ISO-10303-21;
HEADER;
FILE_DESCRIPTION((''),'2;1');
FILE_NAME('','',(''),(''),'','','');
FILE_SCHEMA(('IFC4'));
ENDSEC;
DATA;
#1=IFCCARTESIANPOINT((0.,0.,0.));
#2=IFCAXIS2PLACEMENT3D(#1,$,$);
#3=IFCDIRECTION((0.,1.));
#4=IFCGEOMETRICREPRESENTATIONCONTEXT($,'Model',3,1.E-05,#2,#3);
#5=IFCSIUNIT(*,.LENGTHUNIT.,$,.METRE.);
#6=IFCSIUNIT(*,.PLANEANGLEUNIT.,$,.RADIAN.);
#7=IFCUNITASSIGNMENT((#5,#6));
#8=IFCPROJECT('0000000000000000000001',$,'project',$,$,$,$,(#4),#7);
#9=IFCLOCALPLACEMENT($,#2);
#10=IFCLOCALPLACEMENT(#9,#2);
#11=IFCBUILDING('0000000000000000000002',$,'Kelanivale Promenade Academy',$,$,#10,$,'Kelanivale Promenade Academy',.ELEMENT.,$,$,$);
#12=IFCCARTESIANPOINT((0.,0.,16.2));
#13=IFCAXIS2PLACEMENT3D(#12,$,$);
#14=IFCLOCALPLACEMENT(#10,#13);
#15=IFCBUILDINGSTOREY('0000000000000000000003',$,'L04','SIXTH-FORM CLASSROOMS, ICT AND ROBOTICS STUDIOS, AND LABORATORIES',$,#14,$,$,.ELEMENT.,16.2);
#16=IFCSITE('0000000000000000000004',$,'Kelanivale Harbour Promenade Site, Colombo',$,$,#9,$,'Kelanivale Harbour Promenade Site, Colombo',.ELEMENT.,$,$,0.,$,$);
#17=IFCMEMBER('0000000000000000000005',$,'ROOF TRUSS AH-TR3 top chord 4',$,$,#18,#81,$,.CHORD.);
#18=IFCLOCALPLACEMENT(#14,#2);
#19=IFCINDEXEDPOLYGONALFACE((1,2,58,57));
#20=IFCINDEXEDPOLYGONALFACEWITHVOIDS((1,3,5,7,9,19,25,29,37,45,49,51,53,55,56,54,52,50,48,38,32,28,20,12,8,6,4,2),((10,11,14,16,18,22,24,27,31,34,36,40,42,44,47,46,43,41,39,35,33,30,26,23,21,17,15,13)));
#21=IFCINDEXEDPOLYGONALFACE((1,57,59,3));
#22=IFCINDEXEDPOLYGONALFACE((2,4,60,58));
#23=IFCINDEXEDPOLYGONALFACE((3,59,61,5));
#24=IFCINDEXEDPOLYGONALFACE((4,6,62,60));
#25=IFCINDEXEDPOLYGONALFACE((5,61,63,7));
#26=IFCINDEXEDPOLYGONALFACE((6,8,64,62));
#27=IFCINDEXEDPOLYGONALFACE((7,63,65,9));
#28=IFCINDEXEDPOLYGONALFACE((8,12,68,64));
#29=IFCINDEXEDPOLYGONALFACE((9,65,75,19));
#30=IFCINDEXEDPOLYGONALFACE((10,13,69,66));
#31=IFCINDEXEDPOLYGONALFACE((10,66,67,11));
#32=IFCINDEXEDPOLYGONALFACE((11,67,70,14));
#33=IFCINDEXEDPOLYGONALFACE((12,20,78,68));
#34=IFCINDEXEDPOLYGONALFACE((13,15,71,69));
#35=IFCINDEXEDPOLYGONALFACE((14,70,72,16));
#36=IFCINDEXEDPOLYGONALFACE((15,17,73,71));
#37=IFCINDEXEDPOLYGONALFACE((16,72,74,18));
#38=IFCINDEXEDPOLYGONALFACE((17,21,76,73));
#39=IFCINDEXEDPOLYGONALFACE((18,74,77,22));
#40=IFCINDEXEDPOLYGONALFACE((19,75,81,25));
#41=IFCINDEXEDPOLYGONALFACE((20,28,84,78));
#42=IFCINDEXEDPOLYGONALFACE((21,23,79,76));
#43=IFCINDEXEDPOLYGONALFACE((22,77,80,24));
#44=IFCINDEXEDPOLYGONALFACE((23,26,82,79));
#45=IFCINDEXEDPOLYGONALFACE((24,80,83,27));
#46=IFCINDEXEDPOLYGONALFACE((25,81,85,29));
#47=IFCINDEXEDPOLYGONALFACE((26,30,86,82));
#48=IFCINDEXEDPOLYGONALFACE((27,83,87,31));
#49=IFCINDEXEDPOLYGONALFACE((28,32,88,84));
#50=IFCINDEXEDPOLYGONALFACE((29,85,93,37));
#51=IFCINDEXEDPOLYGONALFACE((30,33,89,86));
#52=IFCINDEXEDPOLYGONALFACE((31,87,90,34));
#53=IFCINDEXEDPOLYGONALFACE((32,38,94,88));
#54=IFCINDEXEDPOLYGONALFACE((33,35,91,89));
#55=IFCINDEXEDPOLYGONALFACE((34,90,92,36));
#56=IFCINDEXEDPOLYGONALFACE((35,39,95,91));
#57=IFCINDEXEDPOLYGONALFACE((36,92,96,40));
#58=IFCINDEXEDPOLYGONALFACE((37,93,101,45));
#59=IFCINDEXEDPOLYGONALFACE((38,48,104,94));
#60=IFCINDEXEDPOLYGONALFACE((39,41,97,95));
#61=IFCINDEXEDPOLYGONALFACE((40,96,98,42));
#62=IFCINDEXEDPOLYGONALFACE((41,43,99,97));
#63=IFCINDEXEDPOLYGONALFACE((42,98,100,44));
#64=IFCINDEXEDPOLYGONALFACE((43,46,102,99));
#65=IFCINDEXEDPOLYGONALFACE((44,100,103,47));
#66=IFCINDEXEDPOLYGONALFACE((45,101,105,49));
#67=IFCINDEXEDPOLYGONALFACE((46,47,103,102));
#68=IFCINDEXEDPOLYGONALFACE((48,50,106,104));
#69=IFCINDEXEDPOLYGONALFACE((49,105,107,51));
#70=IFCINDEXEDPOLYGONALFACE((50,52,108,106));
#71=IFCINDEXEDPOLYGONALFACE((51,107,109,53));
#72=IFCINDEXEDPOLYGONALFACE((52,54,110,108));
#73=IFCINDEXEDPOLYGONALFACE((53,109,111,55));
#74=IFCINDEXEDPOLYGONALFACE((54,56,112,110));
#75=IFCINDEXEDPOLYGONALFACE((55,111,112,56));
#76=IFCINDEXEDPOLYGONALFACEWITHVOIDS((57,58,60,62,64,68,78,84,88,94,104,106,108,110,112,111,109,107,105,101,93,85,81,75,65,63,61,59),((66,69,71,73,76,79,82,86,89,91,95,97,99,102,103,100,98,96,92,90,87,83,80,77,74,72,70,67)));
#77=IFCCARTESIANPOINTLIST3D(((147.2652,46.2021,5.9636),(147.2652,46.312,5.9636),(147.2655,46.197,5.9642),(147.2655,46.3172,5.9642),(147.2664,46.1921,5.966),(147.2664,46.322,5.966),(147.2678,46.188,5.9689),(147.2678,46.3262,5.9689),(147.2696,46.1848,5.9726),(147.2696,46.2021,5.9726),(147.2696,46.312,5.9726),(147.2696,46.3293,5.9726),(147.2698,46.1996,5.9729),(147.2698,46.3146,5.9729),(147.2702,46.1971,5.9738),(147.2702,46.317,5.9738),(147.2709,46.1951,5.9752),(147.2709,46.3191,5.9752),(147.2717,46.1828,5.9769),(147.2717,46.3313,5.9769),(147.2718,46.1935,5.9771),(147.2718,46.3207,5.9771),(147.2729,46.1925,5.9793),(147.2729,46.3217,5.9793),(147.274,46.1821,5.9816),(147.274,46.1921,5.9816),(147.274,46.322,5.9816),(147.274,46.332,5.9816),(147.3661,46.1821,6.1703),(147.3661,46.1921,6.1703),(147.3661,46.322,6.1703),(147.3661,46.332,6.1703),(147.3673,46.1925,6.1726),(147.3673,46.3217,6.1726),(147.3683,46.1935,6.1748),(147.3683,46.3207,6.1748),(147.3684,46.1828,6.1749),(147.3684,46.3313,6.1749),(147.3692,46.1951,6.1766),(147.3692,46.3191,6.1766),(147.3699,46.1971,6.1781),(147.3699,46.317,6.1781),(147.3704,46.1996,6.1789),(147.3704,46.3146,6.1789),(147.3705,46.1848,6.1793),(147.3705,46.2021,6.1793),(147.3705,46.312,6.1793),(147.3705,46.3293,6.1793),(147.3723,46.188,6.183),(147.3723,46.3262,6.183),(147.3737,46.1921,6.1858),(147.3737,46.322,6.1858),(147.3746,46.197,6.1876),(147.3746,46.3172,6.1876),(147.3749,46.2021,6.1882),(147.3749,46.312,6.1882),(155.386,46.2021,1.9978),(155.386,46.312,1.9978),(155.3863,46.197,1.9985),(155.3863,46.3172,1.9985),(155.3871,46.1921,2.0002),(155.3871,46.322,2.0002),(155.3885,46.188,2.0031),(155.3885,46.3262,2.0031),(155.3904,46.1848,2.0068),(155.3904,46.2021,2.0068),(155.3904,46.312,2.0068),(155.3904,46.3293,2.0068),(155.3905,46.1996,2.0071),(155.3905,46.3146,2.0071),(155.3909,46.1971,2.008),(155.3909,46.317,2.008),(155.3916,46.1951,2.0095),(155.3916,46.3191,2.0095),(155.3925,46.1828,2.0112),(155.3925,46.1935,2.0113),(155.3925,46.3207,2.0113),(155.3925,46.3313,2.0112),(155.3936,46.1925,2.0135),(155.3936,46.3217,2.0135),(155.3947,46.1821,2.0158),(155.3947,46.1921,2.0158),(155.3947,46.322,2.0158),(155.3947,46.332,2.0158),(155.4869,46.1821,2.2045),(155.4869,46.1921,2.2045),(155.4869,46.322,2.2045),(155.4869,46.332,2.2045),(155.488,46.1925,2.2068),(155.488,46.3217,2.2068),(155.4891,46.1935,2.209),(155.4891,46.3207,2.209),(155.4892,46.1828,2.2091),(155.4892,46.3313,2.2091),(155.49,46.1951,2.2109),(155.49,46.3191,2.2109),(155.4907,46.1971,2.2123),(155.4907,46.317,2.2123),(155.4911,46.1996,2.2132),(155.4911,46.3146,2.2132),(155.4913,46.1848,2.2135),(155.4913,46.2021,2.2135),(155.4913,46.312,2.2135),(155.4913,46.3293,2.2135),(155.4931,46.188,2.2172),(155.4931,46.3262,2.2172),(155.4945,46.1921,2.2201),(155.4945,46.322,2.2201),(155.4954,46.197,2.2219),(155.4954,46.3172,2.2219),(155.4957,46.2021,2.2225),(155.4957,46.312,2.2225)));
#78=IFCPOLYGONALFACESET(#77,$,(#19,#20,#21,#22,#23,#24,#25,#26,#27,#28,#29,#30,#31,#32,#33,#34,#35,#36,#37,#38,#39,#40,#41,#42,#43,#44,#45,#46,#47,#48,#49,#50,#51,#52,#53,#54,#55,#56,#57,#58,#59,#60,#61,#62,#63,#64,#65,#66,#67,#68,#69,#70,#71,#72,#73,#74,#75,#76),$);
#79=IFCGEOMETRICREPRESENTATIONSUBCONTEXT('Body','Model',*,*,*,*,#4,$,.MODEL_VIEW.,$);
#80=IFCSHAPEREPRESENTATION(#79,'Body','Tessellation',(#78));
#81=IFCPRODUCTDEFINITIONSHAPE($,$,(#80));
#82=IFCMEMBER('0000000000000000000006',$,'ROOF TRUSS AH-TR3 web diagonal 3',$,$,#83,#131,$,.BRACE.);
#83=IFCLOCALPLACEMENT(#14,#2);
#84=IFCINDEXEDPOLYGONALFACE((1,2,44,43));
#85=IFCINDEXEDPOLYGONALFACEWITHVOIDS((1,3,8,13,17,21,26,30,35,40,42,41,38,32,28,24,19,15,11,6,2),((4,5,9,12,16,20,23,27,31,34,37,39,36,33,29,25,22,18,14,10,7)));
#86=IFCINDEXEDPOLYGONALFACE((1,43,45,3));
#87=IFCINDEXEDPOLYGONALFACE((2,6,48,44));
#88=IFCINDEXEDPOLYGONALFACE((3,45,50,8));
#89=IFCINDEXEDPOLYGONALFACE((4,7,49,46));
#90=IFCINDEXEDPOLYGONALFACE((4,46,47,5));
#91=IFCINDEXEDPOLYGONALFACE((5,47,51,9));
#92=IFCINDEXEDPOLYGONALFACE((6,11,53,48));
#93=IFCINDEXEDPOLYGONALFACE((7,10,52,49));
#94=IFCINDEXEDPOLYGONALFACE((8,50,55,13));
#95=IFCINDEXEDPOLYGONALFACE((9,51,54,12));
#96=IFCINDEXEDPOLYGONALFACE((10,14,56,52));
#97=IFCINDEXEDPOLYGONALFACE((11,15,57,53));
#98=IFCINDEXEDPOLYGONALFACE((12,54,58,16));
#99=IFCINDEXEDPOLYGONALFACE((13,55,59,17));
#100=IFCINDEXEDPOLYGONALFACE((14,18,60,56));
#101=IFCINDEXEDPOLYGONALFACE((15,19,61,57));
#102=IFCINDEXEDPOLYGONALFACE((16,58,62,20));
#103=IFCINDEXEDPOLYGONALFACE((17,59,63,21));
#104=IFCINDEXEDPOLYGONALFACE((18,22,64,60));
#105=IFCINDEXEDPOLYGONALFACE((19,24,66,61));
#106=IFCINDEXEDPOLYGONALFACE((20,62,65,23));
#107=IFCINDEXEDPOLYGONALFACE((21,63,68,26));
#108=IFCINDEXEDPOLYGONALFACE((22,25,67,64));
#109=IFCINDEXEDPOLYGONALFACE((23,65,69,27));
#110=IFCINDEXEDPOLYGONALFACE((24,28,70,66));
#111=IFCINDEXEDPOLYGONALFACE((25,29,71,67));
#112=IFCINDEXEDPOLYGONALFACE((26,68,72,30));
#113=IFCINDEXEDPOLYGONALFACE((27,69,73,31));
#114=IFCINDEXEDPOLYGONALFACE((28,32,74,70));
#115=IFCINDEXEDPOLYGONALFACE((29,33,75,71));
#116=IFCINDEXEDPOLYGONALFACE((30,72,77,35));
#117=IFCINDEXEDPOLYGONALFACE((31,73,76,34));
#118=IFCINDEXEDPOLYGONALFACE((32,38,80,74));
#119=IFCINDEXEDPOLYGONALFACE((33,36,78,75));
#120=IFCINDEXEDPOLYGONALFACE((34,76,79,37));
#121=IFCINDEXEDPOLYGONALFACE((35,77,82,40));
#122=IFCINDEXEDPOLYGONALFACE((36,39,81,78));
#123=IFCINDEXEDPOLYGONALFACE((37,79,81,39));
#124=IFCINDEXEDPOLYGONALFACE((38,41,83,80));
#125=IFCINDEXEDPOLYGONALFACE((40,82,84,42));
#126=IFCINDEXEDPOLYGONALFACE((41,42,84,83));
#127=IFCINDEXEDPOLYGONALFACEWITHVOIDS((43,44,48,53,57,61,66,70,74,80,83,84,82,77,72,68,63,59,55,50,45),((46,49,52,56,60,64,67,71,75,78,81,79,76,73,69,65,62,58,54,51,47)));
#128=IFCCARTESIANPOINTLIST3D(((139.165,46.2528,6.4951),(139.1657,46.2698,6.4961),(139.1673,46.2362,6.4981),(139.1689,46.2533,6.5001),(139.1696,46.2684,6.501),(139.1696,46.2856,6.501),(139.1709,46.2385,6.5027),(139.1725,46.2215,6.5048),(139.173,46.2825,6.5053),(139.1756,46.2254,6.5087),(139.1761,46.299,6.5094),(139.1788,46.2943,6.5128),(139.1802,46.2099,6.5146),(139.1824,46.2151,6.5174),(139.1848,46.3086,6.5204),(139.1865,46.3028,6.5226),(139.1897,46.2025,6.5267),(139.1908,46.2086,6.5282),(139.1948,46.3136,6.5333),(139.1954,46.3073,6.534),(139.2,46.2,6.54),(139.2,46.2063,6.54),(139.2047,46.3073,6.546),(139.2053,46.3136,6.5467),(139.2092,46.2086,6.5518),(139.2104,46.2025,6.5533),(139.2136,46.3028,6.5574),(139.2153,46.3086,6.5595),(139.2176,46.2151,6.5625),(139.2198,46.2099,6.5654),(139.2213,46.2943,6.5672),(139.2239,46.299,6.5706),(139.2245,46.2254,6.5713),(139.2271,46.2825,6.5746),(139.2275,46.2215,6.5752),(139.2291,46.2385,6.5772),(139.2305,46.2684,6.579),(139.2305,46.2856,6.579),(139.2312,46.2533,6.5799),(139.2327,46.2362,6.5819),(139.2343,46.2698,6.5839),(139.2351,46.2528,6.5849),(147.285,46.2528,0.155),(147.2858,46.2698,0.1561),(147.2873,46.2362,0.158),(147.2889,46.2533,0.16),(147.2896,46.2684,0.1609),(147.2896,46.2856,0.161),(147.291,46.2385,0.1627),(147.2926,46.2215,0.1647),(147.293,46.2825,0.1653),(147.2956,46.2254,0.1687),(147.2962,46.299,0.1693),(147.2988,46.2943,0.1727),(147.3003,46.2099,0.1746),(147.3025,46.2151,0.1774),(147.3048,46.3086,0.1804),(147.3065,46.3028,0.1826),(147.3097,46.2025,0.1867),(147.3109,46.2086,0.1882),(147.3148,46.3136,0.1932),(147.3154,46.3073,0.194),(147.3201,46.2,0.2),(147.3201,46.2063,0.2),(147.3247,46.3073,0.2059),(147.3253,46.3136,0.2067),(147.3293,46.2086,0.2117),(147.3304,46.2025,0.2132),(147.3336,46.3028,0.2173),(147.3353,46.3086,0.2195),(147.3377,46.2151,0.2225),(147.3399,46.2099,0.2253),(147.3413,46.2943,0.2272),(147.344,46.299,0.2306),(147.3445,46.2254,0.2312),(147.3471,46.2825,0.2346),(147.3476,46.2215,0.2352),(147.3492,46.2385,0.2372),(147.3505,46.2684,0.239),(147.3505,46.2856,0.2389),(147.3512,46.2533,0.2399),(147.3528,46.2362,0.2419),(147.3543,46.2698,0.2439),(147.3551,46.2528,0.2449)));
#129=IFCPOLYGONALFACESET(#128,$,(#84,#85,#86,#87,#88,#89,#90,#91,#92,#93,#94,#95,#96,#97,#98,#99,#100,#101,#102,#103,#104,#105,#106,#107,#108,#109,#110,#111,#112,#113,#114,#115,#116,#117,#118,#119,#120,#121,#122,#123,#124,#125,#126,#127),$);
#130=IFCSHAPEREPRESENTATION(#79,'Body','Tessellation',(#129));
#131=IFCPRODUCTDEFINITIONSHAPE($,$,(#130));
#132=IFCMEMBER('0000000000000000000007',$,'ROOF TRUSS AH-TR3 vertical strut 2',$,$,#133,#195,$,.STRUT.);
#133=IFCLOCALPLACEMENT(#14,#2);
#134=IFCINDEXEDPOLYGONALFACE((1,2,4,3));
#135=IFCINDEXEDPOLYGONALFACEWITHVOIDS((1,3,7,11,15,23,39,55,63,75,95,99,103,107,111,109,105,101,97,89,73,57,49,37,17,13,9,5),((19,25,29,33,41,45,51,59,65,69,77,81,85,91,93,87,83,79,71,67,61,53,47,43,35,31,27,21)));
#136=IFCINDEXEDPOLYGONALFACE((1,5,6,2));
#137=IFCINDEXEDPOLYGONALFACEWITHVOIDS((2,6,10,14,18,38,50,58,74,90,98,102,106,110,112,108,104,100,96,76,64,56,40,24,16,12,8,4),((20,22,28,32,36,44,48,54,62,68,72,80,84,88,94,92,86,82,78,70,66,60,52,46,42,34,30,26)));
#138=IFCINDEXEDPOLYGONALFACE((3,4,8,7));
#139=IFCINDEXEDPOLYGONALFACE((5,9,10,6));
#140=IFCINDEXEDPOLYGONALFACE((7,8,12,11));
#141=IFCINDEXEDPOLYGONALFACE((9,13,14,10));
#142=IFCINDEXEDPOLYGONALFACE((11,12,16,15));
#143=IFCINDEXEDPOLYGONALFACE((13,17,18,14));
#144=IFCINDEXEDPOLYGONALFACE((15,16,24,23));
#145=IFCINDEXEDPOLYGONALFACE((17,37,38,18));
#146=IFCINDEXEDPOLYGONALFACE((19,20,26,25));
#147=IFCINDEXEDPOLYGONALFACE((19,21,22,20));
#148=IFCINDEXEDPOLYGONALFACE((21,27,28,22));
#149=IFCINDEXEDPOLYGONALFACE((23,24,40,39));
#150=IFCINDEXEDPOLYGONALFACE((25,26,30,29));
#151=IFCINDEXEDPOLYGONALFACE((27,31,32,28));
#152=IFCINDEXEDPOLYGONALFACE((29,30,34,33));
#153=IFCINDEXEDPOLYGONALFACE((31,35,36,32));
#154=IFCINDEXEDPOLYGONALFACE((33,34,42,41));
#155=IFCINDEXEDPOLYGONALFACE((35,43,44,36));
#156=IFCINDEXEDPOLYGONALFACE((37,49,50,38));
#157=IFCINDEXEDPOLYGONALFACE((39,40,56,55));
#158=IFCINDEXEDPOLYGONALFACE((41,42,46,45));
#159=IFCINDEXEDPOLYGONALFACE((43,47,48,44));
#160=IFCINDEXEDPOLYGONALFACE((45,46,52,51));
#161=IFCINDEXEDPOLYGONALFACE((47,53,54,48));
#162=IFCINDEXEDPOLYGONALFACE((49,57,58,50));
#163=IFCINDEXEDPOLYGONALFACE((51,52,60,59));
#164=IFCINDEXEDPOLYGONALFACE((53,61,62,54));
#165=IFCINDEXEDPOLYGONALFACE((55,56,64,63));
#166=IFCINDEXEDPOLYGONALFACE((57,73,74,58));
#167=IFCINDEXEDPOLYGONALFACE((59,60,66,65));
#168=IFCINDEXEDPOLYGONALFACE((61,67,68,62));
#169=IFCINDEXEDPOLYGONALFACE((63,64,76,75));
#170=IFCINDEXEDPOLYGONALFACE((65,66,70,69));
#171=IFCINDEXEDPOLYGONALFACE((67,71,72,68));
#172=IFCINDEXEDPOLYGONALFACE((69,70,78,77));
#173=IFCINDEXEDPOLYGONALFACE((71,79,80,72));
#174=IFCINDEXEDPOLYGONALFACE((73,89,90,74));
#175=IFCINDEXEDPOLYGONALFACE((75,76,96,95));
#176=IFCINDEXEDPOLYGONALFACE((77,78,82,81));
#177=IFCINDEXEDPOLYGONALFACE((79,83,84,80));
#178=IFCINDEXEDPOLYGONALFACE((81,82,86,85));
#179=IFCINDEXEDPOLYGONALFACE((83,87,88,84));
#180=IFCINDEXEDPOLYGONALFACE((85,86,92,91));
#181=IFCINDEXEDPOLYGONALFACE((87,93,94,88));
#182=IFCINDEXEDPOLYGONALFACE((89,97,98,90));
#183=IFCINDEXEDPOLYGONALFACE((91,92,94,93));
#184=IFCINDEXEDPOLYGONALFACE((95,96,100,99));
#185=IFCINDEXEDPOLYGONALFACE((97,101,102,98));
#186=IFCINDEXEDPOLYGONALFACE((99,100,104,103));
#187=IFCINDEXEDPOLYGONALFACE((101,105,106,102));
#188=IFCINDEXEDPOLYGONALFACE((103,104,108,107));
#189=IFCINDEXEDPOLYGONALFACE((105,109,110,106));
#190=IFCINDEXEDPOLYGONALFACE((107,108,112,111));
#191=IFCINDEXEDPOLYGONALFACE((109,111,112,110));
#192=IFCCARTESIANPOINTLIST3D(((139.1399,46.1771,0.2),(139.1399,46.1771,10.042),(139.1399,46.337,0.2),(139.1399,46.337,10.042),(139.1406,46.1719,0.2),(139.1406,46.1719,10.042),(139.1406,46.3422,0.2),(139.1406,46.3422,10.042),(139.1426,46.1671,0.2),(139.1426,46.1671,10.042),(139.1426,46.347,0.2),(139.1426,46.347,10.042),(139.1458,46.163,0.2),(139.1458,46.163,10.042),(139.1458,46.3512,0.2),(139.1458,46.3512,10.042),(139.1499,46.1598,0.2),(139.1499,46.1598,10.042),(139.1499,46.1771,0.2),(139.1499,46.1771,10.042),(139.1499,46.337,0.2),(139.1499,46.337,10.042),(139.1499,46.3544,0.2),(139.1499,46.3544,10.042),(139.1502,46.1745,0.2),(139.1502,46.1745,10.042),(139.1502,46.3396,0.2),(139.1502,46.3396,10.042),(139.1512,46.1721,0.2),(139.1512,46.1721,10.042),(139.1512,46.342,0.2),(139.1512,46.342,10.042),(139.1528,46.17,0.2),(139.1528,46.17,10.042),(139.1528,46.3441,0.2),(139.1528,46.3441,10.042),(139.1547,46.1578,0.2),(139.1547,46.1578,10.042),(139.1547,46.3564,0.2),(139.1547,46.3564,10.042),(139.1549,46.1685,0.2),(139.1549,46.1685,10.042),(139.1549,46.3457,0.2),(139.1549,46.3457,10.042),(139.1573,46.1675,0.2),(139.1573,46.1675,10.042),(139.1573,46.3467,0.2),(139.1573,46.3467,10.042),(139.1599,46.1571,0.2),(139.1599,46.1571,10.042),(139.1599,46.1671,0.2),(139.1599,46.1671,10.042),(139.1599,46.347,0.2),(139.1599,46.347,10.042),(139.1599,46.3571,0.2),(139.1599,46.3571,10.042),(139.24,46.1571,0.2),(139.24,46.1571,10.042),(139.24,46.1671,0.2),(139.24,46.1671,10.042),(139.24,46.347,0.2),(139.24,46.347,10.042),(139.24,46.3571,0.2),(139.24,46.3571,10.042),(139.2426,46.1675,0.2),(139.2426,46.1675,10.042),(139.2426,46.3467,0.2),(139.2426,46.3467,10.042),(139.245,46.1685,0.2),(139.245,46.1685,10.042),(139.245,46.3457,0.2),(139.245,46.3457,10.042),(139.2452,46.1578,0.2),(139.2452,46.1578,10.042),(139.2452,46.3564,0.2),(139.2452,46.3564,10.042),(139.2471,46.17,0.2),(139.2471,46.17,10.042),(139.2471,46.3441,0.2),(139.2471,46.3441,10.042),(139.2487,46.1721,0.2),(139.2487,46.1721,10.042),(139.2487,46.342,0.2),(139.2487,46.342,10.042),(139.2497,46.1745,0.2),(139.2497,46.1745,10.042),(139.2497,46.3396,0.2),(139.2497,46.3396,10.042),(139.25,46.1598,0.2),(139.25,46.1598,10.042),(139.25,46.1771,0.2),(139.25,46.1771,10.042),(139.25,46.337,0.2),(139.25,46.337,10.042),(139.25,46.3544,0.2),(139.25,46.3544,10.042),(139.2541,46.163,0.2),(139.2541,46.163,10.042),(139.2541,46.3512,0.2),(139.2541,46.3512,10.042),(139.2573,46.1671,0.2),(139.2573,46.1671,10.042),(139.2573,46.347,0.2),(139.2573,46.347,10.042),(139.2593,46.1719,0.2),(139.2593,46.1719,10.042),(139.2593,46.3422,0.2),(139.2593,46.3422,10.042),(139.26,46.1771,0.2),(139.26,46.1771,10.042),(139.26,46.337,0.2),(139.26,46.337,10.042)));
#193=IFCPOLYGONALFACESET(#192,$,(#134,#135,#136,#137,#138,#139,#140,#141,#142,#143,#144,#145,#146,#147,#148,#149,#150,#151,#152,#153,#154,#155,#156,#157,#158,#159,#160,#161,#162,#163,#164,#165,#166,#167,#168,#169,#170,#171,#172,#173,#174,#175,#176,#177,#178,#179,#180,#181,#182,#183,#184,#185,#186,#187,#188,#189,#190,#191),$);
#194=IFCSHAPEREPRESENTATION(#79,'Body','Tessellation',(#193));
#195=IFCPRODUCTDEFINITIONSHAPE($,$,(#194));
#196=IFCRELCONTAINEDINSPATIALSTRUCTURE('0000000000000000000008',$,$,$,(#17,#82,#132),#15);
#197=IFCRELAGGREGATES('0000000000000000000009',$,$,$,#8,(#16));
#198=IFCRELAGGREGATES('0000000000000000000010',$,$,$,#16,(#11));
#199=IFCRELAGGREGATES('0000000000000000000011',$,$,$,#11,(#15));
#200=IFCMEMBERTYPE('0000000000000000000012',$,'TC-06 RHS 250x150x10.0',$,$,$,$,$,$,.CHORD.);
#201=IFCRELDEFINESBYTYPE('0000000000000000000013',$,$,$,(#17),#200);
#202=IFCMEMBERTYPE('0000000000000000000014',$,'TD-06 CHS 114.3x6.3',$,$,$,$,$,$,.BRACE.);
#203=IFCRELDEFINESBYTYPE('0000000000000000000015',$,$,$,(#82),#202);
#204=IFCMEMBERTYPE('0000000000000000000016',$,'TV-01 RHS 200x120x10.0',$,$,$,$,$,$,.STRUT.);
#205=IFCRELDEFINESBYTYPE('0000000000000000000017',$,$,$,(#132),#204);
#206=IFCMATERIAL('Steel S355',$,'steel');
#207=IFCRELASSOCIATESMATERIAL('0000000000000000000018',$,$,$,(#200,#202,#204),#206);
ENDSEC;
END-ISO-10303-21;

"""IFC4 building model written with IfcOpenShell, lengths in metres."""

from ifc_helpers import new_model, si_unit, direction, frame, origin, origin_2d, place, context, subcontext, project, spatial, hollow_rectangle, hollow_circle, extrude, material, material_profile, profile_set, type_object, element, save


model = new_model("IFC4")

# Units and contexts
model_context = context("Model", 3, precision=1e-05, world=origin(), true_north=direction((0.0, 1.0)))
body_context = subcontext(model_context, "Body", "Model", "MODEL_VIEW")
ifc_project = project(units=[si_unit("LENGTHUNIT", "METRE"), si_unit("PLANEANGLEUNIT", "RADIAN")], contexts=[model_context])

# Site, building, storey
site_placement = place(None, origin())
site = spatial("IfcSite", under=ifc_project, at=site_placement, Name="Kelanivale Harbour Promenade Site, Colombo", LongName="Kelanivale Harbour Promenade Site, Colombo", CompositionType="ELEMENT", RefElevation=0.0)
building_placement = place(site_placement, origin())
building = spatial("IfcBuilding", under=site, at=building_placement, Name="Kelanivale Promenade Academy", LongName="Kelanivale Promenade Academy", CompositionType="ELEMENT")
storey_placement = place(building_placement, frame((0.0, 0.0, 16.2)))
storey = spatial("IfcBuildingStorey", under=building, at=storey_placement, Name="L04", Description="SIXTH-FORM CLASSROOMS, ICT AND ROBOTICS STUDIOS, AND LABORATORIES", CompositionType="ELEMENT", Elevation=16.2)

# Members
ifc_material_1 = material(Name="Steel S355", Category="steel")
ifc_material_profile_1 = material_profile(ifc_material_1, hollow_rectangle(XDim=0.1499, YDim=0.25, WallThickness=0.01, InnerFilletRadius=0.01, OuterFilletRadius=0.02, at=origin_2d()), Name="RHS 250x150x10.0")
ifc_profile_set_1 = profile_set([ifc_material_profile_1], Name="Steel S355")
member_type_1 = type_object("IfcMemberType", Name="TC-06 RHS 250x150x10.0", PredefinedType="CHORD", material=ifc_profile_set_1)
member_1_placement = place(storey_placement, frame((147.3201, 46.2571, 6.0759), z_axis=(0.898575, 0.0, -0.43882), x_axis=(0.0, 1.0, 0.0)))
element("IfcMember", 1, at=member_1_placement, inside=storey, type_object=member_type_1, Name="ROOF TRUSS AH-TR3 top chord 4", PredefinedType="CHORD", context=body_context, shape_type="SweptSolid", body=[
    extrude(hollow_rectangle(XDim=0.1499, YDim=0.25, WallThickness=0.01, InnerFilletRadius=0.01, OuterFilletRadius=0.02, at=origin_2d()), origin(), (0.0, 0.0, 1.0), 9.0374),
])
ifc_material_profile_2 = material_profile(ifc_material_1, hollow_circle(Radius=0.0571, WallThickness=0.0063, at=origin_2d()), Name="CHS 114.3x6.3")
ifc_profile_set_2 = profile_set([ifc_material_profile_2], Name="Steel S355")
member_type_2 = type_object("IfcMemberType", Name="TD-06 CHS 114.3x6.3", PredefinedType="BRACE", material=ifc_profile_set_2)
member_2_placement = place(storey_placement, frame((147.3201, 46.2571, 0.2), z_axis=(-0.788201, 0.0, 0.615418), x_axis=(0.0, -1.0, 0.0)))
element("IfcMember", 2, at=member_2_placement, inside=storey, type_object=member_type_2, Name="ROOF TRUSS AH-TR3 web diagonal 3", PredefinedType="BRACE", context=body_context, shape_type="SweptSolid", body=[
    extrude(hollow_circle(Radius=0.0571, WallThickness=0.0063, at=origin_2d()), origin(), (0.0, 0.0, 1.0), 10.302),
])
ifc_material_profile_3 = material_profile(ifc_material_1, hollow_rectangle(XDim=0.1201, YDim=0.2, WallThickness=0.01, InnerFilletRadius=0.01, OuterFilletRadius=0.02, at=origin_2d()), Name="RHS 200x120x10.0")
ifc_profile_set_3 = profile_set([ifc_material_profile_3], Name="Steel S355")
member_type_3 = type_object("IfcMemberType", Name="TV-01 RHS 200x120x10.0", PredefinedType="STRUT", material=ifc_profile_set_3)
member_3_placement = place(storey_placement, frame((139.2, 46.2571, 0.2), z_axis=(0.0, 0.0, 1.0), x_axis=(1.0, 0.0, 0.0)))
element("IfcMember", 3, at=member_3_placement, inside=storey, type_object=member_type_3, Name="ROOF TRUSS AH-TR3 vertical strut 2", PredefinedType="STRUT", context=body_context, shape_type="SweptSolid", body=[
    extrude(hollow_rectangle(XDim=0.1201, YDim=0.2, WallThickness=0.01, InnerFilletRadius=0.01, OuterFilletRadius=0.02, at=origin_2d()), origin(), (0.0, 0.0, 1.0), 9.842),
])

save(model, "model.ifc")
